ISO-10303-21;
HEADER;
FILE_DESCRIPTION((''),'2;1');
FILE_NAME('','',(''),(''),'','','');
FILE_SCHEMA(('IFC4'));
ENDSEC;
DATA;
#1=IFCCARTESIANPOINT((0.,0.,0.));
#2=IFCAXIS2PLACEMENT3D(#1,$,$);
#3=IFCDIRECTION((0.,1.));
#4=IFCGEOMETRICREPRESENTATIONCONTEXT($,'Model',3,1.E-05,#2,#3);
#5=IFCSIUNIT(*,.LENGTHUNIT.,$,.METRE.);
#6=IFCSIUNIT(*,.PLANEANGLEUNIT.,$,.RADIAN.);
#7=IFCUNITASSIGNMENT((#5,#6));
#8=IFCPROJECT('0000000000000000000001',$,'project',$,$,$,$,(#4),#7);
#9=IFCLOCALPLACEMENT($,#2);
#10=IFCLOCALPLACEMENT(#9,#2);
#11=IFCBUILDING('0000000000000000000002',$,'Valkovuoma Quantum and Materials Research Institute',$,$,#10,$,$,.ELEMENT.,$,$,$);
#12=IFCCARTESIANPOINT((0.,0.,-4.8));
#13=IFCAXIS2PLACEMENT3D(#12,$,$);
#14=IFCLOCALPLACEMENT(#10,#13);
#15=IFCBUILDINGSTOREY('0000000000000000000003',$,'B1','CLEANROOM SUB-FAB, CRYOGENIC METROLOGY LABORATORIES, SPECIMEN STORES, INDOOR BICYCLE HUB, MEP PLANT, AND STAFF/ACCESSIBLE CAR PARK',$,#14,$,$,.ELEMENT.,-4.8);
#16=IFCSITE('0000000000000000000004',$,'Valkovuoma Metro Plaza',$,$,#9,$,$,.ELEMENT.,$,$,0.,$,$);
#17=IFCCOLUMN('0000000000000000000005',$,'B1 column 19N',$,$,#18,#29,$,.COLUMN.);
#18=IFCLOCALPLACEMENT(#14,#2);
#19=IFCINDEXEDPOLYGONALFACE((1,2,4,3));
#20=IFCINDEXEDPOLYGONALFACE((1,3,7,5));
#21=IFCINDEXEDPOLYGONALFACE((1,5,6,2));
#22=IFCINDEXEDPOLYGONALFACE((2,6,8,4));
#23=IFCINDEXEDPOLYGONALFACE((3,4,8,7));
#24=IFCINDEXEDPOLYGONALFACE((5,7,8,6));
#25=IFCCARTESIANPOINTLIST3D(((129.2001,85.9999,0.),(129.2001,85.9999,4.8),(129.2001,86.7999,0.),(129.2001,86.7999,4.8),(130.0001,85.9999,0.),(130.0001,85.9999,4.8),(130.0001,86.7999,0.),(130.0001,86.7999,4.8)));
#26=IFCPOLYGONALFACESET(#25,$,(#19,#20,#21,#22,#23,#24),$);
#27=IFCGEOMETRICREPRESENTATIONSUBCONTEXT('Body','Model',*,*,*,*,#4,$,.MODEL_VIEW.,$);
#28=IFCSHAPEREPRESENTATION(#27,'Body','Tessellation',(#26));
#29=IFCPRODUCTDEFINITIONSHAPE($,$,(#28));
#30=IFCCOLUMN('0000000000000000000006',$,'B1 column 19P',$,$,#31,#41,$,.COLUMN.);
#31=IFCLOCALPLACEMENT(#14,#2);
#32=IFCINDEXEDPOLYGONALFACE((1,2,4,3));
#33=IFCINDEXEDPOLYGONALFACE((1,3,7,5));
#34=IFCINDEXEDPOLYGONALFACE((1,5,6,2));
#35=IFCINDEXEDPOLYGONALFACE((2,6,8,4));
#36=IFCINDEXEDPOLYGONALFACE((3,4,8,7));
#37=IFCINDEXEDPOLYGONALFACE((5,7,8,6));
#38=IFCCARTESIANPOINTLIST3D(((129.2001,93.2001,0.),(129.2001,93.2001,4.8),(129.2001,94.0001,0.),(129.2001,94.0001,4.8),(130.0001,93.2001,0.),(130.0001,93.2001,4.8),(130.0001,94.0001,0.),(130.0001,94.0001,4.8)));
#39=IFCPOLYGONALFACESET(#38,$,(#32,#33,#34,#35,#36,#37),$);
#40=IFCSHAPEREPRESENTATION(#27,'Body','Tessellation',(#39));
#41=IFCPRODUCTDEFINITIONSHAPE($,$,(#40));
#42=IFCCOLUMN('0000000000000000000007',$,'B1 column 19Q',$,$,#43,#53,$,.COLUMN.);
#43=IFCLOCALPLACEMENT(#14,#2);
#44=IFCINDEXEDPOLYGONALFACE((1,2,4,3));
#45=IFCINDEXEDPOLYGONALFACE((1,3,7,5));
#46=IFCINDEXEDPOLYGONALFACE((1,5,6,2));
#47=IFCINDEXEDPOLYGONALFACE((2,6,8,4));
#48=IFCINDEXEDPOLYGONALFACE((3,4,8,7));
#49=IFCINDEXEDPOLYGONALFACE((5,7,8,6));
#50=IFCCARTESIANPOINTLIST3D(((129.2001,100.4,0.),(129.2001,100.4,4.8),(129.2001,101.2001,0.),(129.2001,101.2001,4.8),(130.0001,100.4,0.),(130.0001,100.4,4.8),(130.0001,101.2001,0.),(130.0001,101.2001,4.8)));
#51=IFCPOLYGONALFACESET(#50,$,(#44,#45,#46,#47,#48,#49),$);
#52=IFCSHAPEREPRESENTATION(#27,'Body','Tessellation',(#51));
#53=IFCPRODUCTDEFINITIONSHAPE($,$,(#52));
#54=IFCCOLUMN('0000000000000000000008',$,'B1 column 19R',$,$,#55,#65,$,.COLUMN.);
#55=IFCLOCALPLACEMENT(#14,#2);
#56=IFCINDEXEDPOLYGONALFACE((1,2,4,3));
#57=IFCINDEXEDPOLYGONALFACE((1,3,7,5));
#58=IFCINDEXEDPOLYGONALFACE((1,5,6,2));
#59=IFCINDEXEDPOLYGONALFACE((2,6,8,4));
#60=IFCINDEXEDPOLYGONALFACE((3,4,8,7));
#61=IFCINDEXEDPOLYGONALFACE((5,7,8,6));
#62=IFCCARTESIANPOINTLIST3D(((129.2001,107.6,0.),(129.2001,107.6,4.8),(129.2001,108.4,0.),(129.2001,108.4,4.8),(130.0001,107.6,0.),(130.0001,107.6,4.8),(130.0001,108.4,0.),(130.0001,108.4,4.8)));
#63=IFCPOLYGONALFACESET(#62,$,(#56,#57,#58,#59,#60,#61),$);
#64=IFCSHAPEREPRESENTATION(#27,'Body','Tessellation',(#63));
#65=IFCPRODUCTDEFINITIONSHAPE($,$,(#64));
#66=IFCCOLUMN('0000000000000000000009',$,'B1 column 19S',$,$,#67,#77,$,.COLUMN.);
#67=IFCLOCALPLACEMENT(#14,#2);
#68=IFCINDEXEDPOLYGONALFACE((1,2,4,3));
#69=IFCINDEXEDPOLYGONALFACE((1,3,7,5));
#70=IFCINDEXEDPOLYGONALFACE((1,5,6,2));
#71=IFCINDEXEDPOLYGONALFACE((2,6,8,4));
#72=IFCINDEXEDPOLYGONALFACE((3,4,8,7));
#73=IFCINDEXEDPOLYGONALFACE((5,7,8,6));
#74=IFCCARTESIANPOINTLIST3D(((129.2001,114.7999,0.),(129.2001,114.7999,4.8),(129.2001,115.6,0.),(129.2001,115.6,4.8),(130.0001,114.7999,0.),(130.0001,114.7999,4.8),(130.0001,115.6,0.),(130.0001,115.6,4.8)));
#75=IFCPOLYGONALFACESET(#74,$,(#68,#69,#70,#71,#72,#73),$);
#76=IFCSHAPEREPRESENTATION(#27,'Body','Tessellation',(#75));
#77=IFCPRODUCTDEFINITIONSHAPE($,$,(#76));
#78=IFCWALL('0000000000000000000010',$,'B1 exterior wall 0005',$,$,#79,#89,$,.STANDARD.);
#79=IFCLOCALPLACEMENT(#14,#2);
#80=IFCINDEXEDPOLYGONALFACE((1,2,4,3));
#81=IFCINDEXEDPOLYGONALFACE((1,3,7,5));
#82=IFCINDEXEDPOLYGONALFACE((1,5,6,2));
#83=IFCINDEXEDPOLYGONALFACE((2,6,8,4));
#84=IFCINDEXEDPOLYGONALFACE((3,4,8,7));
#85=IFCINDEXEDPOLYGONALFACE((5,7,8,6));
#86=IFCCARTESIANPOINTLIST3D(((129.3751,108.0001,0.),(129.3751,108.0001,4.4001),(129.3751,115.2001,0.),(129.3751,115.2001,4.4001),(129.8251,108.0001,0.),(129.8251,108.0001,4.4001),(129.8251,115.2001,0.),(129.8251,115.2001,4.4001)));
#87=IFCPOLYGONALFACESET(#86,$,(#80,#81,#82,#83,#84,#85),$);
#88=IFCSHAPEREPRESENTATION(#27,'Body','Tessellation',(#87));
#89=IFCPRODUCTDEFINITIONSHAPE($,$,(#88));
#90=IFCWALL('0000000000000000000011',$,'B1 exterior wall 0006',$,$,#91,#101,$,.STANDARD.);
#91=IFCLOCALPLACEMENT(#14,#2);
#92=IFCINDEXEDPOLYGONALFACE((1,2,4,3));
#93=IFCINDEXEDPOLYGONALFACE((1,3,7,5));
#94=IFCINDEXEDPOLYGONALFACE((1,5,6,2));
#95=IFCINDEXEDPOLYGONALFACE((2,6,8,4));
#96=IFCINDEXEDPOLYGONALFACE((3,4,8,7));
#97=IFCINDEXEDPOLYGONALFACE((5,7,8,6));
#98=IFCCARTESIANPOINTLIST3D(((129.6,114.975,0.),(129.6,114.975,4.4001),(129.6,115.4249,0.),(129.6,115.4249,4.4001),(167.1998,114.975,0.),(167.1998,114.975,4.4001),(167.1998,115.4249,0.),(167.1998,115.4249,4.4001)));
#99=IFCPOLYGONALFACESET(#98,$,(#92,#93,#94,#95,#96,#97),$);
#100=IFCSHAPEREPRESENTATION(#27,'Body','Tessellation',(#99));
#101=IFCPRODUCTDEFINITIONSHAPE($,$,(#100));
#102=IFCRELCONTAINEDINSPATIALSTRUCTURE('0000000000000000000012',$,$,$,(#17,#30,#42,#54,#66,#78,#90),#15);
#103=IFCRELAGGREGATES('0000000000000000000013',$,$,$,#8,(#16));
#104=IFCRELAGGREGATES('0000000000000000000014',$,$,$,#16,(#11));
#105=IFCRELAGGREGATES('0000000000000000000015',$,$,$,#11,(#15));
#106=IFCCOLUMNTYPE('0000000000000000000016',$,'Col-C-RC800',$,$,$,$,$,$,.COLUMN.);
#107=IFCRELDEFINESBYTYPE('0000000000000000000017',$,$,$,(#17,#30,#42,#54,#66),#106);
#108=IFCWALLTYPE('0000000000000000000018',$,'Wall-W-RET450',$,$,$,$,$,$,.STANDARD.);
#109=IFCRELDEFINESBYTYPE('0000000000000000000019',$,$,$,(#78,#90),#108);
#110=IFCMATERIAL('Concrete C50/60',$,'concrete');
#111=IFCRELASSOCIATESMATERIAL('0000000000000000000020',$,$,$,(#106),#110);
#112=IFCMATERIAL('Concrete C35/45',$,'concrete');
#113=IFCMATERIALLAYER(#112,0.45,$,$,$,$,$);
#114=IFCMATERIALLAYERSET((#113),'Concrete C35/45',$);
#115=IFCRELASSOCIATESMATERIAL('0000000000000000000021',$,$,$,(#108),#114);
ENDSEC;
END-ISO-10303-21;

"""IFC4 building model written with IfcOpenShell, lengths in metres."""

from ifc_helpers import new_model, si_unit, direction, frame, frame_2d, origin, origin_2d, place, context, subcontext, project, spatial, rectangle, extrude, material, layer, layer_set, material_profile, profile_set, type_object, element, save


model = new_model("IFC4")

# Units and contexts
model_context = context("Model", 3, precision=1e-05, world=origin(), true_north=direction((0.0, 1.0)))
body_context = subcontext(model_context, "Body", "Model", "MODEL_VIEW")
ifc_project = project(units=[si_unit("LENGTHUNIT", "METRE"), si_unit("PLANEANGLEUNIT", "RADIAN")], contexts=[model_context])

# Site, building, storey
site_placement = place(None, origin())
site = spatial("IfcSite", under=ifc_project, at=site_placement, Name="Valkovuoma Metro Plaza", CompositionType="ELEMENT", RefElevation=0.0)
building_placement = place(site_placement, origin())
building = spatial("IfcBuilding", under=site, at=building_placement, Name="Valkovuoma Quantum and Materials Research Institute", CompositionType="ELEMENT")
storey_placement = place(building_placement, frame((0.0, 0.0, -4.8)))
storey = spatial("IfcBuildingStorey", under=building, at=storey_placement, Name="B1", Description="CLEANROOM SUB-FAB, CRYOGENIC METROLOGY LABORATORIES, SPECIMEN STORES, INDOOR BICYCLE HUB, MEP PLANT, AND STAFF/ACCESSIBLE CAR PARK", CompositionType="ELEMENT", Elevation=-4.8)

# Columns
ifc_material_1 = material(Name="Concrete C50/60", Category="concrete")
ifc_material_profile_1 = material_profile(ifc_material_1, rectangle(XDim=0.8, YDim=0.8, at=origin_2d()), Name="Concrete C50/60")
ifc_profile_set_1 = profile_set([ifc_material_profile_1], Name="Concrete C50/60")
column_type = type_object("IfcColumnType", Name="Col-C-RC800", PredefinedType="COLUMN", material=ifc_profile_set_1)
for number, where, z_axis, x_axis, name in (
    (1, (129.6001, 86.3999, 0.0), (0.0, 0.0, 1.0), (1.0, 0.0, 0.0), "B1 column 19N"),
    (2, (129.6001, 93.6001, 0.0), (0.0, 0.0, 1.0), (1.0, 0.0, 0.0), "B1 column 19P"),
    (3, (129.6001, 100.8, 0.0), (0.0, 0.0, 1.0), (1.0, 0.0, 0.0), "B1 column 19Q"),
    (4, (129.6001, 108.0, 0.0), (0.0, 0.0, 1.0), (1.0, 0.0, 0.0), "B1 column 19R"),
    (5, (129.6001, 115.2, 0.0), (0.0, 0.0, 1.0), (1.0, 0.0, 0.0), "B1 column 19S"),
):
    element("IfcColumn", number, at=place(storey_placement, frame(where, z_axis=z_axis, x_axis=x_axis)), inside=storey, type_object=column_type, Name=name, PredefinedType="COLUMN", context=body_context, shape_type="SweptSolid", body=[
        extrude(rectangle(XDim=0.8, YDim=0.8, at=origin_2d()), origin(), (0.0, 0.0, 1.0), 4.8),
    ])

# Walls
ifc_material_2 = material(Name="Concrete C35/45", Category="concrete")
ifc_layer = layer(ifc_material_2, 0.45)
ifc_layer_set = layer_set([ifc_layer], Name="Concrete C35/45")
wall_type = type_object("IfcWallType", Name="Wall-W-RET450", PredefinedType="STANDARD", material=ifc_layer_set)
wall_1_placement = place(storey_placement, frame((129.6001, 108.0, 0.0), z_axis=(0.0, 0.0, 1.0), x_axis=(0.0, 1.0, 0.0)))
element("IfcWall", 6, at=wall_1_placement, inside=storey, type_object=wall_type, Name="B1 exterior wall 0005", PredefinedType="STANDARD", context=body_context, shape_type="SweptSolid", body=[
    extrude(rectangle(XDim=7.2, YDim=0.45, at=frame_2d((3.6001, 0.0))), origin(), (0.0, 0.0, 1.0), 4.4001),
])
wall_2_placement = place(storey_placement, frame((129.6001, 115.2, 0.0), z_axis=(0.0, 0.0, 1.0), x_axis=(1.0, 0.0, 0.0)))
element("IfcWall", 7, at=wall_2_placement, inside=storey, type_object=wall_type, Name="B1 exterior wall 0006", PredefinedType="STANDARD", context=body_context, shape_type="SweptSolid", body=[
    extrude(rectangle(XDim=37.5999, YDim=0.45, at=frame_2d((18.7998, 0.0))), origin(), (0.0, 0.0, 1.0), 4.4001),
])

save(model, "model.ifc")
